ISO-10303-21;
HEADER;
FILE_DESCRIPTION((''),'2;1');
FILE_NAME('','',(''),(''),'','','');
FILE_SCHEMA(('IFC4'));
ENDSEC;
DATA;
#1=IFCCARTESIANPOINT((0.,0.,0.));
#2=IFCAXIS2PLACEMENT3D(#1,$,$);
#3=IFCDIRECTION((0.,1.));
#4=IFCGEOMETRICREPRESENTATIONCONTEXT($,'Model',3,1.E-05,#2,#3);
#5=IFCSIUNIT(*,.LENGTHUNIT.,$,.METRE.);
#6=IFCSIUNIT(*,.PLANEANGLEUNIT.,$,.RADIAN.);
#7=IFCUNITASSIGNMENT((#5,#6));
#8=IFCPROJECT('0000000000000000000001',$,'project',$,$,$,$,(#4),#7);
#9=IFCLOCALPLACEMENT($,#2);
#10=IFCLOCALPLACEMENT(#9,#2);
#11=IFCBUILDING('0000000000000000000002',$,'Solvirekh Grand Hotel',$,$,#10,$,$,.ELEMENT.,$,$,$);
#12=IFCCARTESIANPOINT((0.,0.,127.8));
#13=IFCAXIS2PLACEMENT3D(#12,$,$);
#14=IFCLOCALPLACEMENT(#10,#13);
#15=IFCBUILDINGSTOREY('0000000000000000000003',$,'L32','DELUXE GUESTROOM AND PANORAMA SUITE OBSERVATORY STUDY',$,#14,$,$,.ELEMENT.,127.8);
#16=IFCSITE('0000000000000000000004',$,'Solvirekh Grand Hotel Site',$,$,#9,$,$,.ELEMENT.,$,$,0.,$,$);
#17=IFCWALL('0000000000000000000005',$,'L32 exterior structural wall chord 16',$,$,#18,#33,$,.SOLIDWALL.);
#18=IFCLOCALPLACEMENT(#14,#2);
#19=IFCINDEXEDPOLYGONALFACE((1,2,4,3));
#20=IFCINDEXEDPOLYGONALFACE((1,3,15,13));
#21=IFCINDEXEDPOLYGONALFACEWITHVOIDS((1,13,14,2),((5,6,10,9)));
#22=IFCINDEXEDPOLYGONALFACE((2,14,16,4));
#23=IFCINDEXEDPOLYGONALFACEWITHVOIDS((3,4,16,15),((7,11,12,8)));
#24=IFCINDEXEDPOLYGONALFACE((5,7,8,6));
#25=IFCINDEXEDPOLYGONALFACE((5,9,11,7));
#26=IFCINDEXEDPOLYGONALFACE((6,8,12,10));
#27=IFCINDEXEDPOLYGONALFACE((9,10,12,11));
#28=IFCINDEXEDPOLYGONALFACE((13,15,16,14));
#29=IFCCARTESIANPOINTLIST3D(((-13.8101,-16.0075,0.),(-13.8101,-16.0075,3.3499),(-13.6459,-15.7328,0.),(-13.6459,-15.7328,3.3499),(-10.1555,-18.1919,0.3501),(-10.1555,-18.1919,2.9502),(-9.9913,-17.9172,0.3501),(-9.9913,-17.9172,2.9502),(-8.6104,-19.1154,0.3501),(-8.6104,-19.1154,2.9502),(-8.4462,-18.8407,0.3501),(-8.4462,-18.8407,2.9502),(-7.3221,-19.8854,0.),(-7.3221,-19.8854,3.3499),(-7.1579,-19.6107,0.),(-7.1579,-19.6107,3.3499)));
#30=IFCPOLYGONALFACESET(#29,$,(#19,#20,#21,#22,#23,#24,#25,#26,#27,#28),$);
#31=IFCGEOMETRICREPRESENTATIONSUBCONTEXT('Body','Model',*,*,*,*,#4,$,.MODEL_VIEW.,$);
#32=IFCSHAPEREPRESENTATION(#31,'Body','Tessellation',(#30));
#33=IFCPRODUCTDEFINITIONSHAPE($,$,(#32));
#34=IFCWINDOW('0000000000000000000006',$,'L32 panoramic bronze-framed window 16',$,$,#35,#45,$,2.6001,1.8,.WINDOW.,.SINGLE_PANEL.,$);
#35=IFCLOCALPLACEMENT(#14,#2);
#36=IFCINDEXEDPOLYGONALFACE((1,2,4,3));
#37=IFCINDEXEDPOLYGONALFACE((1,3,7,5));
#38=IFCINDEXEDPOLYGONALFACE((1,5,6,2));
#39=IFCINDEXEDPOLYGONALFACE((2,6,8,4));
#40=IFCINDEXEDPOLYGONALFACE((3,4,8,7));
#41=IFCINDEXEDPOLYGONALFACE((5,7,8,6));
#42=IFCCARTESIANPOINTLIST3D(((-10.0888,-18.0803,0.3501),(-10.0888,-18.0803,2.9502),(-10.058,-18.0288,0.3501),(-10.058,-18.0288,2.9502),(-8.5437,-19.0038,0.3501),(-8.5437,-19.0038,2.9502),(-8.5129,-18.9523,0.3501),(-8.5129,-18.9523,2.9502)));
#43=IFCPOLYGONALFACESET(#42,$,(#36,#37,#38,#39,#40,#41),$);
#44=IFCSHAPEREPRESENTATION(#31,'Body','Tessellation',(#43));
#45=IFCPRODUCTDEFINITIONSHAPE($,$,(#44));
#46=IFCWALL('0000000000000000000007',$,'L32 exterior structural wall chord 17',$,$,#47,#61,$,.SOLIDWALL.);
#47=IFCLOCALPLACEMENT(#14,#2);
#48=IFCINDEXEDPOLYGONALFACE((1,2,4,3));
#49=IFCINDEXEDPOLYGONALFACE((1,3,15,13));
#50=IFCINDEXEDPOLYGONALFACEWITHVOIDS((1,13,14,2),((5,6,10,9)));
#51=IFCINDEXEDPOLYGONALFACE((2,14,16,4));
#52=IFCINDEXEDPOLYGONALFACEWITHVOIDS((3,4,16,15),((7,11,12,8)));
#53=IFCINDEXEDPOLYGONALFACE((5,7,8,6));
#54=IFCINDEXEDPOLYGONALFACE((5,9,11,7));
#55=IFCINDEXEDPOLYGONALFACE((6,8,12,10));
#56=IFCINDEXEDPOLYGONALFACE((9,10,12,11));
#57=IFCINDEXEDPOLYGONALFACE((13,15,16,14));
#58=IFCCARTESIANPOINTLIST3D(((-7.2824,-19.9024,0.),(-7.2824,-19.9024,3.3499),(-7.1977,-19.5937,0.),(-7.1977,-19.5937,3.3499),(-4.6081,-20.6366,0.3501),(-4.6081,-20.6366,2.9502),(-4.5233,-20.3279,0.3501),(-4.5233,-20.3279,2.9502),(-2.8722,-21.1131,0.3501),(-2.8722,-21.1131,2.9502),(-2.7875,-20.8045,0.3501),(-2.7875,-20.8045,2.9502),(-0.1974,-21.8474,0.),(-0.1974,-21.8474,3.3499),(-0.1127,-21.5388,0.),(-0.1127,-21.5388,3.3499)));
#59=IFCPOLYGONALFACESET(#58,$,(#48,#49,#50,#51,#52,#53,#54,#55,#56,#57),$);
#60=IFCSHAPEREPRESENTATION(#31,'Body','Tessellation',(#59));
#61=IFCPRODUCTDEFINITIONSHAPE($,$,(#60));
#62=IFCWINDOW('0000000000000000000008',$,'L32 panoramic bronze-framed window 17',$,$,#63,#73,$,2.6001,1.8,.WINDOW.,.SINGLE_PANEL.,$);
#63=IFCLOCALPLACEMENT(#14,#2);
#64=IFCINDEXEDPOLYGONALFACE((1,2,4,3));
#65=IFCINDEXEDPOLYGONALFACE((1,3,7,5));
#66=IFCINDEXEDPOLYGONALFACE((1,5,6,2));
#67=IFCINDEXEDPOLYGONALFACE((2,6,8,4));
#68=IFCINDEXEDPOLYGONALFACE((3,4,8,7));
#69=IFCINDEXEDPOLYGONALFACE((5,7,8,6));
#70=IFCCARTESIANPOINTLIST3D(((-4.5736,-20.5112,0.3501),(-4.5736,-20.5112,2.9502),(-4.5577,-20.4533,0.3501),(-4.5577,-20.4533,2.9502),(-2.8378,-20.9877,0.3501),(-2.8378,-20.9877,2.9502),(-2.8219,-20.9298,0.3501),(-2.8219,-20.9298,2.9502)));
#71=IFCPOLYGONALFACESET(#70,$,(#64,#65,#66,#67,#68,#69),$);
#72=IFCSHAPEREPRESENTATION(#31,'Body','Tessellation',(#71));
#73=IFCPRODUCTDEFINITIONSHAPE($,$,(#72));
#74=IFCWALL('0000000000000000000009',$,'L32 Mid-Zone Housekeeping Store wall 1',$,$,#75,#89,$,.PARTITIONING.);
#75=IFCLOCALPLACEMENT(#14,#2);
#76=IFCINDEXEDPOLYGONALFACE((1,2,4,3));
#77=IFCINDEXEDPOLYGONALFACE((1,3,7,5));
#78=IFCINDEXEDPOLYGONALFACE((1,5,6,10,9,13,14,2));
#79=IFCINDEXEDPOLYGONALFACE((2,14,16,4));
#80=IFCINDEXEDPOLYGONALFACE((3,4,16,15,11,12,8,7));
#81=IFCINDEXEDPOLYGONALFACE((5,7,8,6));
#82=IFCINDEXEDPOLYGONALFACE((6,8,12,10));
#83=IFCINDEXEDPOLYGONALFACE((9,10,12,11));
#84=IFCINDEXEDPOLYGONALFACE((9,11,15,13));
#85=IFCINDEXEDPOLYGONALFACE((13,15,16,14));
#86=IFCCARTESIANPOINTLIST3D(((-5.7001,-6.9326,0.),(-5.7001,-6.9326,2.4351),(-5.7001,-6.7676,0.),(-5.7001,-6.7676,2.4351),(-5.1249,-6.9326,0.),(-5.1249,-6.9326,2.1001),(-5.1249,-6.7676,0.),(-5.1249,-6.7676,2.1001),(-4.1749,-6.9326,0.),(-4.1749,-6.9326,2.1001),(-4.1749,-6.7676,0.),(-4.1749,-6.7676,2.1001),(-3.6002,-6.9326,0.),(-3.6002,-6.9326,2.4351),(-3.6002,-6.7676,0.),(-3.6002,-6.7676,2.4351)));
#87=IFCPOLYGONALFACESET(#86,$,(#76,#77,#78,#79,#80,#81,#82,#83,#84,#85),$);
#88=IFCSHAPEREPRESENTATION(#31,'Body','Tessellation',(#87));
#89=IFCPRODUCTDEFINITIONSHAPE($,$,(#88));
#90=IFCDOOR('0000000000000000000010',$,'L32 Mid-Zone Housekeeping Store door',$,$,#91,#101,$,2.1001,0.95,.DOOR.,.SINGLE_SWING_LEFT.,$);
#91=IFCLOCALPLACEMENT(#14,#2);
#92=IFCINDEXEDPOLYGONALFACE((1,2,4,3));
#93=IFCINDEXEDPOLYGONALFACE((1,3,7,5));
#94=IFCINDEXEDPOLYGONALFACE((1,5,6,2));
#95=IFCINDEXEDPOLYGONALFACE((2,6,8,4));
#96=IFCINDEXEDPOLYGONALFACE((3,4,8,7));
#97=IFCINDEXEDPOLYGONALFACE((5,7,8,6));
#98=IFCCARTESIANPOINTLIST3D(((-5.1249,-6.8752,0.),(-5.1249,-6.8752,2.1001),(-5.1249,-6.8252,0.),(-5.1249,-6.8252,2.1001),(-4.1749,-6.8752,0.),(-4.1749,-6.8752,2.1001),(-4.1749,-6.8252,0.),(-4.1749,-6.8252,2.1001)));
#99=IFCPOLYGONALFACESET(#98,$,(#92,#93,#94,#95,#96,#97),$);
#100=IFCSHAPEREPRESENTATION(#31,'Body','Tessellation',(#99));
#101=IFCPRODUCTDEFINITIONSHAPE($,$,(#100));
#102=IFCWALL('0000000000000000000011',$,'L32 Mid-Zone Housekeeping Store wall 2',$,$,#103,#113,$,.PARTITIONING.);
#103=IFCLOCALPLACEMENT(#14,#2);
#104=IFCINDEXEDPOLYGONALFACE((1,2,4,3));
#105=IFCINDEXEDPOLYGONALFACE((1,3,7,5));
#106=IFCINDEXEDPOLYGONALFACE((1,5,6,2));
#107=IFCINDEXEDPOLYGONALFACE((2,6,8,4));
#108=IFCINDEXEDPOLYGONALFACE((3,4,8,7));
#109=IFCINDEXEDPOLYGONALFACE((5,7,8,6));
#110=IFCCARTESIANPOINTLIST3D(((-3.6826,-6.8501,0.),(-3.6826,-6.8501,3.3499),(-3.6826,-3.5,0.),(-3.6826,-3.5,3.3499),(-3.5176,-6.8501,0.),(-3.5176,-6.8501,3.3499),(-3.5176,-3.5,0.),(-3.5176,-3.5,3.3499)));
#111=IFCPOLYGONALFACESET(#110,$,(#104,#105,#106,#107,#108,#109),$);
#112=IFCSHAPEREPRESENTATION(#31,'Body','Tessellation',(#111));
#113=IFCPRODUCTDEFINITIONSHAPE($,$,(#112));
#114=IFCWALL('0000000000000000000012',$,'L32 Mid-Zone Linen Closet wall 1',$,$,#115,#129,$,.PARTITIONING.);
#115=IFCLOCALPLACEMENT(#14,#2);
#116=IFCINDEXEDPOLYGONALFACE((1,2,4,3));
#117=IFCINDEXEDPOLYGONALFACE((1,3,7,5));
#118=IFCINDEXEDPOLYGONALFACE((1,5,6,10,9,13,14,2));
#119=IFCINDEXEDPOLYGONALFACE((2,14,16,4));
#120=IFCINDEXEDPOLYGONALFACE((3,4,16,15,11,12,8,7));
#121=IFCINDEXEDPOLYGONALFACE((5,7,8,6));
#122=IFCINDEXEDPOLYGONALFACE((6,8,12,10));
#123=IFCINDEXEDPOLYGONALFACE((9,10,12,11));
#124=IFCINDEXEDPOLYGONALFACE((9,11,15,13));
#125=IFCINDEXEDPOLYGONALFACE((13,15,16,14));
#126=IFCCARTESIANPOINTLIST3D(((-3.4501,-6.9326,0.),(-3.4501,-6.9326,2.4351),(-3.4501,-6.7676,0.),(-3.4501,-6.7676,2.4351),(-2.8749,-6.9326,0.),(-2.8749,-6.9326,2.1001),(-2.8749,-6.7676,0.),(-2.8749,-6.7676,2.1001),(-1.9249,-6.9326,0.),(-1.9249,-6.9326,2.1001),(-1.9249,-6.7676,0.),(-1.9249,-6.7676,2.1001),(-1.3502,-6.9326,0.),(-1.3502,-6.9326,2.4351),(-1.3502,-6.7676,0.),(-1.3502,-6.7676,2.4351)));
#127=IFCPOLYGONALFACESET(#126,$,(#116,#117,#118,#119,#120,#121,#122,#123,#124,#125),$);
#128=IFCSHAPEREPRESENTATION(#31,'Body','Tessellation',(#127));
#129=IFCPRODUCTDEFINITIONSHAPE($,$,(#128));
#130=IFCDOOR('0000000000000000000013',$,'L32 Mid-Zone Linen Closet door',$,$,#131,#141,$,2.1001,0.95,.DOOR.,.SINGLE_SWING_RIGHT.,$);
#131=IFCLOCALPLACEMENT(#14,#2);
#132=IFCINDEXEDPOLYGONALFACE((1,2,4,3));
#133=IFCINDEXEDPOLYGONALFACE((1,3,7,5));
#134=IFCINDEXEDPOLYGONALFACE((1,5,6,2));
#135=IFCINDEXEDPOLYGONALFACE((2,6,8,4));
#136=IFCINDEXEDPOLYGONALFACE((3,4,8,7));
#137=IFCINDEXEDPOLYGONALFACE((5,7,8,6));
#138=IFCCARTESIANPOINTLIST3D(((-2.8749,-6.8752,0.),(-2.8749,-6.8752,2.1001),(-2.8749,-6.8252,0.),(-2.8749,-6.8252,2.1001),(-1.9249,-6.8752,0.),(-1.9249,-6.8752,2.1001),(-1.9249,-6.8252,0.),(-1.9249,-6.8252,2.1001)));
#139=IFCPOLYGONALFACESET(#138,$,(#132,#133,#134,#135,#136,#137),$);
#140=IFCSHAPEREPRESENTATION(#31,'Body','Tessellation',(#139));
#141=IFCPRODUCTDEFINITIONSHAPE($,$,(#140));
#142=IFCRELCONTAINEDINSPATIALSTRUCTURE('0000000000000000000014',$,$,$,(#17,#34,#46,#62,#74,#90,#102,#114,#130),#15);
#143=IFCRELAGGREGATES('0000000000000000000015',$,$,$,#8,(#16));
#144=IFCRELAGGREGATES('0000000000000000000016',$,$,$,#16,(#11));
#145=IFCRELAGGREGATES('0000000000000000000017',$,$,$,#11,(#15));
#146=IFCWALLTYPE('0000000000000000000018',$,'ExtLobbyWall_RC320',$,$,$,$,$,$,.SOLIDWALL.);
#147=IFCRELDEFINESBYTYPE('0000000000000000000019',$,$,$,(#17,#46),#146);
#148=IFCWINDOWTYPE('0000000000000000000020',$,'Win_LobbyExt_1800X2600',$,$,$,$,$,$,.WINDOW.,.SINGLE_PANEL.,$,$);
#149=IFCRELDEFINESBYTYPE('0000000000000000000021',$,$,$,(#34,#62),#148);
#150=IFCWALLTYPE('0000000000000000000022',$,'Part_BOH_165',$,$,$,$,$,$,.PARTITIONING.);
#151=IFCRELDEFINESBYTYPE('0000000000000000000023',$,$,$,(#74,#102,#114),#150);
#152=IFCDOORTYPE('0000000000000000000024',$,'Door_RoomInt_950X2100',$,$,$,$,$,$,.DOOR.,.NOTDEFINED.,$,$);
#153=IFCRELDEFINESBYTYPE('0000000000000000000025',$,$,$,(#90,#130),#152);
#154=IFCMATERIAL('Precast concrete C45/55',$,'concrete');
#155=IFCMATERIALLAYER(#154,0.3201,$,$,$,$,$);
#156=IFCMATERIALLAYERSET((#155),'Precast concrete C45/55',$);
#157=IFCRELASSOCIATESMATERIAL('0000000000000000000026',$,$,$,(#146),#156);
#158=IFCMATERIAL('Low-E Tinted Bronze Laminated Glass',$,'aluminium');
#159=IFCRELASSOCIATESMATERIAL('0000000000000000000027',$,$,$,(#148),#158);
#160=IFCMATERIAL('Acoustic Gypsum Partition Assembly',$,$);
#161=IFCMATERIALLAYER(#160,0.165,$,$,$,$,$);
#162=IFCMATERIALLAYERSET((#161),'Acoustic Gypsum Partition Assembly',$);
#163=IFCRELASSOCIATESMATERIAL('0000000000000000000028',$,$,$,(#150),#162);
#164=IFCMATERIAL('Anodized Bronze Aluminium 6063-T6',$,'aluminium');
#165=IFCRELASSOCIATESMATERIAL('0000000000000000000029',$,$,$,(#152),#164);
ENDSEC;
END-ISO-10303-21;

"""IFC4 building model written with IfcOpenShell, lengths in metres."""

from ifc_helpers import new_model, si_unit, direction, frame, frame_2d, origin, place, context, subcontext, project, spatial, rectangle, extrude, material, layer, layer_set, type_object, element, fill, save


model = new_model("IFC4")

# Units and contexts
model_context = context("Model", 3, precision=1e-05, world=origin(), true_north=direction((0.0, 1.0)))
body_context = subcontext(model_context, "Body", "Model", "MODEL_VIEW")
ifc_project = project(units=[si_unit("LENGTHUNIT", "METRE"), si_unit("PLANEANGLEUNIT", "RADIAN")], contexts=[model_context])

# Site, building, storey
site_placement = place(None, origin())
site = spatial("IfcSite", under=ifc_project, at=site_placement, Name="Solvirekh Grand Hotel Site", CompositionType="ELEMENT", RefElevation=0.0)
building_placement = place(site_placement, origin())
building = spatial("IfcBuilding", under=site, at=building_placement, Name="Solvirekh Grand Hotel", CompositionType="ELEMENT")
storey_placement = place(building_placement, frame((0.0, 0.0, 127.8)))
storey = spatial("IfcBuildingStorey", under=building, at=storey_placement, Name="L32", Description="DELUXE GUESTROOM AND PANORAMA SUITE OBSERVATORY STUDY", CompositionType="ELEMENT", Elevation=127.8)

# Shared definitions
ifc_material_1 = material(Name="Anodized Bronze Aluminium 6063-T6", Category="aluminium")

# Walls, openings, windows
ifc_material_2 = material(Name="Precast concrete C45/55", Category="concrete")
ifc_layer_1 = layer(ifc_material_2, 0.3201)
ifc_layer_set_1 = layer_set([ifc_layer_1], Name="Precast concrete C45/55")
wall_type_1 = type_object("IfcWallType", Name="ExtLobbyWall_RC320", PredefinedType="SOLIDWALL", material=ifc_layer_set_1)
wall_1_placement = place(storey_placement, frame((-7.24, -19.748, 0.0), z_axis=(0.0, 0.0, 1.0), x_axis=(-0.858361, 0.513046, 0.0)))
wall_1 = element("IfcWall", 1, at=wall_1_placement, inside=storey, type_object=wall_type_1, Name="L32 exterior structural wall chord 16", PredefinedType="SOLIDWALL", context=body_context, shape_type="SweptSolid", body=[
    extrude(rectangle(XDim=7.5586, YDim=0.3201, at=frame_2d((3.7793, 0.0))), origin(), (0.0, 0.0, 1.0), 3.3499),
])
opening_1_placement = place(wall_1_placement, frame((1.501, 0.0, 0.3501)))
opening_1 = element("IfcOpeningElement", 2, at=opening_1_placement, cuts=wall_1, PredefinedType="OPENING", context=body_context, shape_type="SweptSolid", body=[
    extrude(rectangle(XDim=1.8, YDim=2.6001, at=frame_2d((0.8999, 1.3))), frame((0.0, 0.1699, 0.0), z_axis=(0.0, -1.0, 0.0), x_axis=(1.0, 0.0, 0.0)), (0.0, 0.0, 1.0), 0.3401),
])
ifc_material_3 = material(Name="Low-E Tinted Bronze Laminated Glass", Category="aluminium")
window_type = type_object("IfcWindowType", Name="Win_LobbyExt_1800X2600", PartitioningType="SINGLE_PANEL", PredefinedType="WINDOW", material=ifc_material_3)
window_1_placement = place(opening_1_placement, origin())
window_1 = element("IfcWindow", 3, at=window_1_placement, inside=storey, type_object=window_type, Name="L32 panoramic bronze-framed window 16", OverallHeight=2.6001, OverallWidth=1.8, PartitioningType="SINGLE_PANEL", PredefinedType="WINDOW", context=body_context, shape_type="SweptSolid", body=[
    extrude(rectangle(XDim=1.8, YDim=2.6001, at=frame_2d((0.8999, 1.3))), frame((0.0, 0.03, 0.0), z_axis=(0.0, -1.0, 0.0), x_axis=(1.0, 0.0, 0.0)), (0.0, 0.0, 1.0), 0.0601),
])
fill(opening_1, window_1)
wall_2_placement = place(storey_placement, frame((-0.155, -21.6931, 0.0), z_axis=(0.0, 0.0, 1.0), x_axis=(-0.96432, 0.264739, 0.0)))
wall_2 = element("IfcWall", 4, at=wall_2_placement, inside=storey, type_object=wall_type_1, Name="L32 exterior structural wall chord 17", PredefinedType="SOLIDWALL", context=body_context, shape_type="SweptSolid", body=[
    extrude(rectangle(XDim=7.3472, YDim=0.3201, at=frame_2d((3.6736, 0.0))), origin(), (0.0, 0.0, 1.0), 3.3499),
])
opening_2_placement = place(wall_2_placement, frame((2.7739, 0.0, 0.3501)))
opening_2 = element("IfcOpeningElement", 5, at=opening_2_placement, cuts=wall_2, PredefinedType="OPENING", context=body_context, shape_type="SweptSolid", body=[
    extrude(rectangle(XDim=1.8, YDim=2.6001, at=frame_2d((0.8999, 1.3))), frame((0.0, 0.1699, 0.0), z_axis=(0.0, -1.0, 0.0), x_axis=(1.0, 0.0, 0.0)), (0.0, 0.0, 1.0), 0.3401),
])
window_2_placement = place(opening_2_placement, origin())
window_2 = element("IfcWindow", 6, at=window_2_placement, inside=storey, type_object=window_type, Name="L32 panoramic bronze-framed window 17", OverallHeight=2.6001, OverallWidth=1.8, PartitioningType="SINGLE_PANEL", PredefinedType="WINDOW", context=body_context, shape_type="SweptSolid", body=[
    extrude(rectangle(XDim=1.8, YDim=2.6001, at=frame_2d((0.8999, 1.3))), frame((0.0, 0.03, 0.0), z_axis=(0.0, -1.0, 0.0), x_axis=(1.0, 0.0, 0.0)), (0.0, 0.0, 1.0), 0.0601),
])
fill(opening_2, window_2)

# Wall, opening, door
ifc_material_4 = material(Name="Acoustic Gypsum Partition Assembly")
ifc_layer_2 = layer(ifc_material_4, 0.165)
ifc_layer_set_2 = layer_set([ifc_layer_2], Name="Acoustic Gypsum Partition Assembly")
wall_type_2 = type_object("IfcWallType", Name="Part_BOH_165", PredefinedType="PARTITIONING", material=ifc_layer_set_2)
wall_3_placement = place(storey_placement, frame((-5.7, -6.8501, 0.0), z_axis=(0.0, 0.0, 1.0), x_axis=(1.0, 0.0, 0.0)))
wall_3 = element("IfcWall", 7, at=wall_3_placement, inside=storey, type_object=wall_type_2, Name="L32 Mid-Zone Housekeeping Store wall 1", PredefinedType="PARTITIONING", context=body_context, shape_type="SweptSolid", body=[
    extrude(rectangle(XDim=2.0999, YDim=0.165, at=frame_2d((1.0498, 0.0))), origin(), (0.0, 0.0, 1.0), 2.4351),
])
opening_3_placement = place(wall_3_placement, frame((0.575, 0.0, 0.0)))
opening_3 = element("IfcOpeningElement", 8, at=opening_3_placement, cuts=wall_3, PredefinedType="OPENING", context=body_context, shape_type="SweptSolid", body=[
    extrude(rectangle(XDim=0.95, YDim=2.1001, at=frame_2d((0.4751, 1.05))), frame((0.0, 0.0925, 0.0), z_axis=(0.0, -1.0, 0.0), x_axis=(1.0, 0.0, 0.0)), (0.0, 0.0, 1.0), 0.1851),
])
door_type = type_object("IfcDoorType", Name="Door_RoomInt_950X2100", OperationType="NOTDEFINED", PredefinedType="DOOR", material=ifc_material_1)
door_1_placement = place(opening_3_placement, origin())
door_1 = element("IfcDoor", 9, at=door_1_placement, inside=storey, type_object=door_type, Name="L32 Mid-Zone Housekeeping Store door", OperationType="SINGLE_SWING_LEFT", OverallHeight=2.1001, OverallWidth=0.95, PredefinedType="DOOR", context=body_context, shape_type="SweptSolid", body=[
    extrude(rectangle(XDim=0.95, YDim=2.1001, at=frame_2d((0.4751, 1.05))), frame((0.0, 0.0249, 0.0), z_axis=(0.0, -1.0, 0.0), x_axis=(1.0, 0.0, 0.0)), (0.0, 0.0, 1.0), 0.05),
])
fill(opening_3, door_1)

# Wall
wall_4_placement = place(storey_placement, frame((-3.6001, -6.8501, 0.0), z_axis=(0.0, 0.0, 1.0), x_axis=(0.0, 1.0, 0.0)))
element("IfcWall", 10, at=wall_4_placement, inside=storey, type_object=wall_type_2, Name="L32 Mid-Zone Housekeeping Store wall 2", PredefinedType="PARTITIONING", context=body_context, shape_type="SweptSolid", body=[
    extrude(rectangle(XDim=3.3501, YDim=0.165, at=frame_2d((1.675, 0.0))), origin(), (0.0, 0.0, 1.0), 3.3499),
])

# Wall, opening, door
wall_5_placement = place(storey_placement, frame((-3.45, -6.8501, 0.0), z_axis=(0.0, 0.0, 1.0), x_axis=(1.0, 0.0, 0.0)))
wall_5 = element("IfcWall", 11, at=wall_5_placement, inside=storey, type_object=wall_type_2, Name="L32 Mid-Zone Linen Closet wall 1", PredefinedType="PARTITIONING", context=body_context, shape_type="SweptSolid", body=[
    extrude(rectangle(XDim=2.0999, YDim=0.165, at=frame_2d((1.0498, 0.0))), origin(), (0.0, 0.0, 1.0), 2.4351),
])
opening_4_placement = place(wall_5_placement, frame((0.575, 0.0, 0.0)))
opening_4 = element("IfcOpeningElement", 12, at=opening_4_placement, cuts=wall_5, PredefinedType="OPENING", context=body_context, shape_type="SweptSolid", body=[
    extrude(rectangle(XDim=0.95, YDim=2.1001, at=frame_2d((0.4751, 1.05))), frame((0.0, 0.0925, 0.0), z_axis=(0.0, -1.0, 0.0), x_axis=(1.0, 0.0, 0.0)), (0.0, 0.0, 1.0), 0.1851),
])
door_2_placement = place(opening_4_placement, origin())
door_2 = element("IfcDoor", 13, at=door_2_placement, inside=storey, type_object=door_type, Name="L32 Mid-Zone Linen Closet door", OperationType="SINGLE_SWING_RIGHT", OverallHeight=2.1001, OverallWidth=0.95, PredefinedType="DOOR", context=body_context, shape_type="SweptSolid", body=[
    extrude(rectangle(XDim=0.95, YDim=2.1001, at=frame_2d((0.4751, 1.05))), frame((0.0, 0.0249, 0.0), z_axis=(0.0, -1.0, 0.0), x_axis=(1.0, 0.0, 0.0)), (0.0, 0.0, 1.0), 0.05),
])
fill(opening_4, door_2)

save(model, "model.ifc")
